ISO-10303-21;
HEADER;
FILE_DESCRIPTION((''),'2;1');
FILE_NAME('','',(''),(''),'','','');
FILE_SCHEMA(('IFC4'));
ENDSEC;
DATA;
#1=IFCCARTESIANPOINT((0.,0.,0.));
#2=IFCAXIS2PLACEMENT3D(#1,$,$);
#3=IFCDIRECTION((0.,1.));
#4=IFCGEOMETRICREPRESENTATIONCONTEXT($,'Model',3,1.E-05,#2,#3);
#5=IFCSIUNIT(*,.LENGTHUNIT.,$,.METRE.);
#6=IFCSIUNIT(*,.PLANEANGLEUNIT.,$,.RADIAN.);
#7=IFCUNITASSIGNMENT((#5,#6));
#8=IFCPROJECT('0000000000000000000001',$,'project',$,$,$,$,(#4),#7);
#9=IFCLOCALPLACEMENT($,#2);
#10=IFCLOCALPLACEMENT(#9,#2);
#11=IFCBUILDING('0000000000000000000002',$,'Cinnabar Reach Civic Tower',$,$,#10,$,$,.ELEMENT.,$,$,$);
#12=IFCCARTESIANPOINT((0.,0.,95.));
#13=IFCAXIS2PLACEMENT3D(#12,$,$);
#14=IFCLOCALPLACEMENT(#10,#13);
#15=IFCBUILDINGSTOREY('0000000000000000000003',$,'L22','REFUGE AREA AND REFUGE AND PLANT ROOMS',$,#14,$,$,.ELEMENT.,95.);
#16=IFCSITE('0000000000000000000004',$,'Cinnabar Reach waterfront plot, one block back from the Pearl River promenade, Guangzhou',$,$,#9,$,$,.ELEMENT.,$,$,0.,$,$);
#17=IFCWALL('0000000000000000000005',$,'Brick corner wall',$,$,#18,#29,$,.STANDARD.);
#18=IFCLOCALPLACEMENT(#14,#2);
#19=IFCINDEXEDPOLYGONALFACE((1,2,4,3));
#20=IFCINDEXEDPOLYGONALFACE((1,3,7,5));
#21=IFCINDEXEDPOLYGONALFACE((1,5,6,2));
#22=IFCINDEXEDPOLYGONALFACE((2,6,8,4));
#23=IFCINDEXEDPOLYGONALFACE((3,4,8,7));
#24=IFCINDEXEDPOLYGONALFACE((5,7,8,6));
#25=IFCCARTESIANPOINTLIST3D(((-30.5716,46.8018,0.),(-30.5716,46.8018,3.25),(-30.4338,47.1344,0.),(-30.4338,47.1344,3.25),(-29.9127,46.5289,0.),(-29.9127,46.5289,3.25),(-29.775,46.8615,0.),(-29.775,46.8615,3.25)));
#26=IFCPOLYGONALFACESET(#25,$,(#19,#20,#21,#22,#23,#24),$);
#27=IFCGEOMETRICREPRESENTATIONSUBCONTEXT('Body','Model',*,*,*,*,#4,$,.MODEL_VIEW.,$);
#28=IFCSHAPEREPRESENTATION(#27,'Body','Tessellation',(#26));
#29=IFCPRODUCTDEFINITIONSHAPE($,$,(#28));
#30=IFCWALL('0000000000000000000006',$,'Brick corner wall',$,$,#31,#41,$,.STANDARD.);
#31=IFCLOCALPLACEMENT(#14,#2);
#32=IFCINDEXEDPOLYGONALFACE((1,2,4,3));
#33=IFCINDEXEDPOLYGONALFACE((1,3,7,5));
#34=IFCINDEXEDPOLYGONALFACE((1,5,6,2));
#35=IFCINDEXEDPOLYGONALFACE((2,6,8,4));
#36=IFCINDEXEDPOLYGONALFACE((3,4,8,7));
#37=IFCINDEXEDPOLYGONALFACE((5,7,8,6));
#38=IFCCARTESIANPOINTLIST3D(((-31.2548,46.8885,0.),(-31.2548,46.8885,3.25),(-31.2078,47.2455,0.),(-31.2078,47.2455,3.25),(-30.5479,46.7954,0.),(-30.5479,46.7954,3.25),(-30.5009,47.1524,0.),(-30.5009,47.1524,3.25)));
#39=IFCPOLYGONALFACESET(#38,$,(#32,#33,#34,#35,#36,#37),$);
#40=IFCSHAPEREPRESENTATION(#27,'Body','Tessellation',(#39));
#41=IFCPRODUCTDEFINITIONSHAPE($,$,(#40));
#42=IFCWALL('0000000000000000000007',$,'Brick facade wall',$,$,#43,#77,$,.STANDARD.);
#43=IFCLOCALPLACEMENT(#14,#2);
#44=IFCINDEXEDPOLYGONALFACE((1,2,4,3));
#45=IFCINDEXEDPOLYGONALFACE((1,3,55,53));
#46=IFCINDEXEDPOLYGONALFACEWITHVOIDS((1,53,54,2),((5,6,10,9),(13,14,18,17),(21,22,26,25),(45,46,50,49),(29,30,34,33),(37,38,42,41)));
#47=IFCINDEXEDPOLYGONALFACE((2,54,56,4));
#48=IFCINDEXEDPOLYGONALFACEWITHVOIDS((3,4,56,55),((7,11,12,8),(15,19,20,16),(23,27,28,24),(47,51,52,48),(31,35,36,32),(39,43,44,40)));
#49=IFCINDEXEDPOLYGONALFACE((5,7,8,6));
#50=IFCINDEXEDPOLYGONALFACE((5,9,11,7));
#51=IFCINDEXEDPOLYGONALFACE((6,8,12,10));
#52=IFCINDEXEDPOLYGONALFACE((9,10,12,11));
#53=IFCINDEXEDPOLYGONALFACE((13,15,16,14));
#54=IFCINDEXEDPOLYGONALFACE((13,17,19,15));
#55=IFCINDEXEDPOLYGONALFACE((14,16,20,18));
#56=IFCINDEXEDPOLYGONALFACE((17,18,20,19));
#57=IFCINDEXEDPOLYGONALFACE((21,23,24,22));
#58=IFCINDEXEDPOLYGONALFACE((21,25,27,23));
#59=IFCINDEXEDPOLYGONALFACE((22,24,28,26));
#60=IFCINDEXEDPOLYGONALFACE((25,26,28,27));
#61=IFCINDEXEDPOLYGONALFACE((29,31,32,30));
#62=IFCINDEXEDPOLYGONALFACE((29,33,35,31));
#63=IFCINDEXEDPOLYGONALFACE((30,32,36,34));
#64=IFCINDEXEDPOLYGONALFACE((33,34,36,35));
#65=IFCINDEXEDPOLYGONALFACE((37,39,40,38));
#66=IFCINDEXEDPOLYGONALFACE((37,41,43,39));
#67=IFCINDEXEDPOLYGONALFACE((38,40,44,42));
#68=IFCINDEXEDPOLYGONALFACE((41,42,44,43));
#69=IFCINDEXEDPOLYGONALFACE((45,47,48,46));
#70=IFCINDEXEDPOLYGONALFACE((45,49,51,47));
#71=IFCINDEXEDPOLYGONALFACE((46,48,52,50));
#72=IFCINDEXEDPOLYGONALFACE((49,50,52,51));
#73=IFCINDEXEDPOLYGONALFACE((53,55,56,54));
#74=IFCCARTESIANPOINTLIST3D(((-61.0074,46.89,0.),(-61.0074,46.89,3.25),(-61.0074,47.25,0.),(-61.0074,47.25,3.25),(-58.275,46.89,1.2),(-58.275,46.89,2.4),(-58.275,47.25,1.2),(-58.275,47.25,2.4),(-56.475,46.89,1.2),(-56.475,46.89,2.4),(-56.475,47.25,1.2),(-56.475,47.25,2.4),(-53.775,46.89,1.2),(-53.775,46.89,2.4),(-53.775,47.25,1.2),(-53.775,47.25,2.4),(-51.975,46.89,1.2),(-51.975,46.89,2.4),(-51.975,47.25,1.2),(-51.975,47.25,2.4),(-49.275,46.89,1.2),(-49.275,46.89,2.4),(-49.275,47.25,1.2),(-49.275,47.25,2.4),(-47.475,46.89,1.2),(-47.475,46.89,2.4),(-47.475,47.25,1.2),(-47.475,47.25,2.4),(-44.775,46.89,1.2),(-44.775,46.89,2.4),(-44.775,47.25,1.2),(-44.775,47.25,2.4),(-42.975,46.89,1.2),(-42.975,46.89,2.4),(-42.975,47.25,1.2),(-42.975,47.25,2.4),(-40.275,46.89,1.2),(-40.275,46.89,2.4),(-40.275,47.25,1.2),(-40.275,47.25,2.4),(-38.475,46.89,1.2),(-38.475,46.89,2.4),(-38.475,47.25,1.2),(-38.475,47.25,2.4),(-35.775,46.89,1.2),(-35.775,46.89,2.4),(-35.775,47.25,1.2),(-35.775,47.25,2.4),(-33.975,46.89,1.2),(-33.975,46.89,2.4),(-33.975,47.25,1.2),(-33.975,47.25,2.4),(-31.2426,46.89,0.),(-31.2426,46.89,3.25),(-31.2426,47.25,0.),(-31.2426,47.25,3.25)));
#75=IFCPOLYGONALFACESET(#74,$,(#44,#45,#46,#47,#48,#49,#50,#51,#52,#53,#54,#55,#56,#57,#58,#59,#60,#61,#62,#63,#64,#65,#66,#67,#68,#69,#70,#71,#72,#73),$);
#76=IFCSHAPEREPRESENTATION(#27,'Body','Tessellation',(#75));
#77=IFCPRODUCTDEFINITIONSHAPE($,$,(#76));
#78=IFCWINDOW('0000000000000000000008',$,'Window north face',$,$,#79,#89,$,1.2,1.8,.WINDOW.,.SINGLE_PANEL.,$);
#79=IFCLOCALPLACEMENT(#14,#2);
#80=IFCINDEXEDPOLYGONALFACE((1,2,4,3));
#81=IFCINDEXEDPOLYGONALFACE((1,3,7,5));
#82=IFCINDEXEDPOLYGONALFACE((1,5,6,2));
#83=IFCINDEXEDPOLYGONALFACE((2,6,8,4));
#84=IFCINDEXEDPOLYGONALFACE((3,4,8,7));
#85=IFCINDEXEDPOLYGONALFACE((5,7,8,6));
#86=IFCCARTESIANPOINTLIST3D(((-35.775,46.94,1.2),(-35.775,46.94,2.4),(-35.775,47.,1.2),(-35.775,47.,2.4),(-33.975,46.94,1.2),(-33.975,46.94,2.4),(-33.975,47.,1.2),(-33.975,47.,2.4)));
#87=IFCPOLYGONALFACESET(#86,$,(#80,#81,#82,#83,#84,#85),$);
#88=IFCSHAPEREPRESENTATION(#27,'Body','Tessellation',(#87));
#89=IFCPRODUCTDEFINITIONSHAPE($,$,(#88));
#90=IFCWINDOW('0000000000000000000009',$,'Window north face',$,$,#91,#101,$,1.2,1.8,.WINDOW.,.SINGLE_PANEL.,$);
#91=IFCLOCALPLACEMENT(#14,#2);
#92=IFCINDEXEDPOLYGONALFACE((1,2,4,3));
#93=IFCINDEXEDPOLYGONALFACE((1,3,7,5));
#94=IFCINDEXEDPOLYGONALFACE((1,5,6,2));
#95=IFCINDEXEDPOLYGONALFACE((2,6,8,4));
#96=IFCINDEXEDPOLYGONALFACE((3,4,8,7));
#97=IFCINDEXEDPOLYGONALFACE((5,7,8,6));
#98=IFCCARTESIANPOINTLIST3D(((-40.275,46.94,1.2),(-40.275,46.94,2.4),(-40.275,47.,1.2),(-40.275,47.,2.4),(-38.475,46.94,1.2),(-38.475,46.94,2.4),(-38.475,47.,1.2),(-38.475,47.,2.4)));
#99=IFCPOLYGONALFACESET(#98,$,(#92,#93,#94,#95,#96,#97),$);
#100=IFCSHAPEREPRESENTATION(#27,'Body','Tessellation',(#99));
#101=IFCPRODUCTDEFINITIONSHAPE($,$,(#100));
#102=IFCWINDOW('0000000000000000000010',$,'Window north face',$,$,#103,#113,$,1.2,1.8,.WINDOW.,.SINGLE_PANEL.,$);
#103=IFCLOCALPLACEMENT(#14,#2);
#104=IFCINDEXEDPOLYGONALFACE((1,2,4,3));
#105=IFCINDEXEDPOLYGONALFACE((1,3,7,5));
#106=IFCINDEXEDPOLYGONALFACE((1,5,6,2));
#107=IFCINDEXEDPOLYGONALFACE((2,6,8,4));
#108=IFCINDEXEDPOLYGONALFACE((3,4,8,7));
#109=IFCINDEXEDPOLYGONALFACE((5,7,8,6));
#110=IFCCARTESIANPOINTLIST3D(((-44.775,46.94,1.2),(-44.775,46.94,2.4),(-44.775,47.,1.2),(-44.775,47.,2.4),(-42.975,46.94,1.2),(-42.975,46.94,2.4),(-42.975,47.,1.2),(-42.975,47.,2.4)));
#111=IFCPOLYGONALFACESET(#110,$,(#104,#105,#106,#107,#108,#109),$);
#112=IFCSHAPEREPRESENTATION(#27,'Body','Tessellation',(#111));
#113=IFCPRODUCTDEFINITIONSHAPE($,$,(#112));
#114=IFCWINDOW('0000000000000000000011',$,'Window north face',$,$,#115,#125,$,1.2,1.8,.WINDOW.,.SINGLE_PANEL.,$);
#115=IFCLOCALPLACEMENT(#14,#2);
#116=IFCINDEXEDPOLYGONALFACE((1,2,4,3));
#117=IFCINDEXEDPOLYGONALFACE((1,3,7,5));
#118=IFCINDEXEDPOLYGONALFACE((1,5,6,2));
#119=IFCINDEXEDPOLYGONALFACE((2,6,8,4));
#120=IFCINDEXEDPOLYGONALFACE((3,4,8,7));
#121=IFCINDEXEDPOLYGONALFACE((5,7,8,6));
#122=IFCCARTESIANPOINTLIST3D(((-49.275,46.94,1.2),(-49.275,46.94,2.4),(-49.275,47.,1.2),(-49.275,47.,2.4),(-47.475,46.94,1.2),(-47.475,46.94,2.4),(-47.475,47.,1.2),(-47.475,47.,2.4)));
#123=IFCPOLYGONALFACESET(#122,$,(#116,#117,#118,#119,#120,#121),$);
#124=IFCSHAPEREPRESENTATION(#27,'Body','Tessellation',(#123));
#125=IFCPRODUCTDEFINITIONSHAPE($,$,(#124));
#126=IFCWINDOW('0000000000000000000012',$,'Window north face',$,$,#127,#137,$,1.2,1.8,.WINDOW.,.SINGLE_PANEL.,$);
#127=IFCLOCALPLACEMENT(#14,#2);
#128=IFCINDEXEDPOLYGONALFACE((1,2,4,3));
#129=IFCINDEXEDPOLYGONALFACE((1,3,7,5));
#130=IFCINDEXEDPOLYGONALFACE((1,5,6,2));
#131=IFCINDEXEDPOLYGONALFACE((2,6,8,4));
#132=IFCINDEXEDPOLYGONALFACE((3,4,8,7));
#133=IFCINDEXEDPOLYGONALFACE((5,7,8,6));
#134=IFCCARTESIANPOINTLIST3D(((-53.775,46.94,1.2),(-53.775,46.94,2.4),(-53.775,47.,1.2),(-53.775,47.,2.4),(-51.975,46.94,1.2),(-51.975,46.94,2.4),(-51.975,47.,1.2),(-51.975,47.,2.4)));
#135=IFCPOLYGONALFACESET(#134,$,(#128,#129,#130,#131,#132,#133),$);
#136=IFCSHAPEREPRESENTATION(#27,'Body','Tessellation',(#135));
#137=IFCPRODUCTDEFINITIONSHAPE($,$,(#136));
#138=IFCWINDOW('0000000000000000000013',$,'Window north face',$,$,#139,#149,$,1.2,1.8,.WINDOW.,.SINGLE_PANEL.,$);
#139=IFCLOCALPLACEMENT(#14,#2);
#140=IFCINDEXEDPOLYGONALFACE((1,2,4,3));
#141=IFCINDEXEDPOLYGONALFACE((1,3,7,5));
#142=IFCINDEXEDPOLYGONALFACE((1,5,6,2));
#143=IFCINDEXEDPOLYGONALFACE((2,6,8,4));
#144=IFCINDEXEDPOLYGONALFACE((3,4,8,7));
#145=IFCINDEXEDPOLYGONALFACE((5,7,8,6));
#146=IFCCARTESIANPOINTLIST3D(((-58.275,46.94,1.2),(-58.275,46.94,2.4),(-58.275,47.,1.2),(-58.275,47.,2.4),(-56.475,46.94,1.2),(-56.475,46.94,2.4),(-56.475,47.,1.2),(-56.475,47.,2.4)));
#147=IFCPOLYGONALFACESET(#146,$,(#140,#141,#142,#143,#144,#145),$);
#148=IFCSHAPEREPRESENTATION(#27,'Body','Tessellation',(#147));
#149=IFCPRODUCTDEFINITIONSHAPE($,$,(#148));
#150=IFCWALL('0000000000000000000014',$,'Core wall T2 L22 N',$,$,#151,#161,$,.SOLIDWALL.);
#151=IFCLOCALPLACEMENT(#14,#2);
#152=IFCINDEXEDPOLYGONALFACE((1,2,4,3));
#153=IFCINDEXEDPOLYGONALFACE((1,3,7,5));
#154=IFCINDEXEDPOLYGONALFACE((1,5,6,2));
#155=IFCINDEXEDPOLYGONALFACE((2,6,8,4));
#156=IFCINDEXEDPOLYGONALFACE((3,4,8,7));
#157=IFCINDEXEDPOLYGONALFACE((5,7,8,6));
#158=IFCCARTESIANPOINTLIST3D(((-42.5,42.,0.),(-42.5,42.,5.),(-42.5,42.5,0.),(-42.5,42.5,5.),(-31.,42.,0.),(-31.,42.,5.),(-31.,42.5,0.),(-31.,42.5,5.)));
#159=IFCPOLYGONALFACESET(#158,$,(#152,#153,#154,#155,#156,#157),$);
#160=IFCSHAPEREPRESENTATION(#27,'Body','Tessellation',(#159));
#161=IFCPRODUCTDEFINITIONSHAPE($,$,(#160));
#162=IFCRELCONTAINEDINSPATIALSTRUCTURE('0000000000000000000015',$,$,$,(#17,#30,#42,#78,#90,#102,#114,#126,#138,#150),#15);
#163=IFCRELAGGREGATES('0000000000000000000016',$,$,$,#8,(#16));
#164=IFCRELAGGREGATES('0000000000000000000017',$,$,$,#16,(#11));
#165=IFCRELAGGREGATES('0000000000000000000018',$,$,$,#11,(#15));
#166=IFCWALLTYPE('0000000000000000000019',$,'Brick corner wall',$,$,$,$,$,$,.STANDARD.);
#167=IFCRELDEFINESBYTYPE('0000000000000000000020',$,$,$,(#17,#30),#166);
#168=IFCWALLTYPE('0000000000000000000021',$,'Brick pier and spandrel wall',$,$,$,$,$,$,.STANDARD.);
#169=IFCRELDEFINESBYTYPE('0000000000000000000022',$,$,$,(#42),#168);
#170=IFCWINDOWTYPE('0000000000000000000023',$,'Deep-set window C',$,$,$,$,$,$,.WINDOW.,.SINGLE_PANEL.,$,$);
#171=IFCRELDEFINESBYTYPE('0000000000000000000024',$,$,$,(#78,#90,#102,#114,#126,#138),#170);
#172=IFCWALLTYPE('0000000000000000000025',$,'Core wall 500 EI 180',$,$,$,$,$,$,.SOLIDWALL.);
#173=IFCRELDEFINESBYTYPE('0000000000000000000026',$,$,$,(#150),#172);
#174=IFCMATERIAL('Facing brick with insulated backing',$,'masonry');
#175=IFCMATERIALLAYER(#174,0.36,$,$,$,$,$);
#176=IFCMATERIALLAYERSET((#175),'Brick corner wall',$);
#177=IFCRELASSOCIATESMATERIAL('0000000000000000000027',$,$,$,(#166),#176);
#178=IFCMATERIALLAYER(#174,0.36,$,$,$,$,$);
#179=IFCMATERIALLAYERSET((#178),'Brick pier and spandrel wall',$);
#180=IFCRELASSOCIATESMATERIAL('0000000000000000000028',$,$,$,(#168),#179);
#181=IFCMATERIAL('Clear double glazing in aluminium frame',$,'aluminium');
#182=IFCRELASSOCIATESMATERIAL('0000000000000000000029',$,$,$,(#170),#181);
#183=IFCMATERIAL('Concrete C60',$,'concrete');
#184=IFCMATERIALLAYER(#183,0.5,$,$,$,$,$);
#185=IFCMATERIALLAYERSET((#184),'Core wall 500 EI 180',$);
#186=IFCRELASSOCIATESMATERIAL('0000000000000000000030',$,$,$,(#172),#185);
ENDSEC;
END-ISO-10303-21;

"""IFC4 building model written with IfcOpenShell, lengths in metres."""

from ifc_helpers import new_model, si_unit, direction, frame, frame_2d, origin, place, context, subcontext, project, spatial, rectangle, extrude, material, layer, layer_set, type_object, element, fill, save


model = new_model("IFC4")

# Units and contexts
model_context = context("Model", 3, precision=1e-05, world=origin(), true_north=direction((0.0, 1.0)))
body_context = subcontext(model_context, "Body", "Model", "MODEL_VIEW")
ifc_project = project(units=[si_unit("LENGTHUNIT", "METRE"), si_unit("PLANEANGLEUNIT", "RADIAN")], contexts=[model_context])

# Site, building, storey
site_placement = place(None, origin())
site = spatial("IfcSite", under=ifc_project, at=site_placement, Name="Cinnabar Reach waterfront plot, one block back from the Pearl River promenade, Guangzhou", CompositionType="ELEMENT", RefElevation=0.0)
building_placement = place(site_placement, origin())
building = spatial("IfcBuilding", under=site, at=building_placement, Name="Cinnabar Reach Civic Tower", CompositionType="ELEMENT")
storey_placement = place(building_placement, frame((0.0, 0.0, 95.0)))
storey = spatial("IfcBuildingStorey", under=building, at=storey_placement, Name="L22", Description="REFUGE AREA AND REFUGE AND PLANT ROOMS", CompositionType="ELEMENT", Elevation=95.0)

# Walls
ifc_material_1 = material(Name="Facing brick with insulated backing", Category="masonry")
ifc_layer_1 = layer(ifc_material_1, 0.36)
ifc_layer_set_1 = layer_set([ifc_layer_1], Name="Brick corner wall")
wall_type_1 = type_object("IfcWallType", Name="Brick corner wall", PredefinedType="STANDARD", material=ifc_layer_set_1)
for number, where, z_axis, x_axis, name in (
    (1, (-29.8439, 46.6952, 0.0), (0.0, 0.0, 1.0), (-0.923872, 0.382703, 0.0), "Brick corner wall"),
    (2, (-30.5244, 46.9739, 0.0), (0.0, 0.0, 1.0), (-0.991441, 0.130556, 0.0), "Brick corner wall"),
):
    element("IfcWall", number, at=place(storey_placement, frame(where, z_axis=z_axis, x_axis=x_axis)), inside=storey, type_object=wall_type_1, Name=name, PredefinedType="STANDARD", context=body_context, shape_type="SweptSolid", body=[
        extrude(rectangle(XDim=0.7131, YDim=0.36, at=frame_2d((0.3565, 0.0))), origin(), (0.0, 0.0, 1.0), 3.25),
    ])

# Wall, openings, windows
ifc_layer_2 = layer(ifc_material_1, 0.36)
ifc_layer_set_2 = layer_set([ifc_layer_2], Name="Brick pier and spandrel wall")
wall_type_2 = type_object("IfcWallType", Name="Brick pier and spandrel wall", PredefinedType="STANDARD", material=ifc_layer_set_2)
wall_1_placement = place(storey_placement, frame((-31.2426, 47.07, 0.0), z_axis=(0.0, 0.0, 1.0), x_axis=(-1.0, 0.0, 0.0)))
wall_1 = element("IfcWall", 3, at=wall_1_placement, inside=storey, type_object=wall_type_2, Name="Brick facade wall", PredefinedType="STANDARD", context=body_context, shape_type="SweptSolid", body=[
    extrude(rectangle(XDim=29.7648, YDim=0.36, at=frame_2d((14.8824, 0.0))), origin(), (0.0, 0.0, 1.0), 3.25),
])
opening_1_placement = place(wall_1_placement, frame((2.7324, 0.0, 1.2)))
opening_1 = element("IfcOpeningElement", 4, at=opening_1_placement, cuts=wall_1, PredefinedType="OPENING", context=body_context, shape_type="SweptSolid", body=[
    extrude(rectangle(XDim=1.8, YDim=1.2, at=frame_2d((0.9, 0.6))), frame((0.0, 0.19, 0.0), z_axis=(0.0, -1.0, 0.0), x_axis=(1.0, 0.0, 0.0)), (0.0, 0.0, 1.0), 0.38),
])
opening_2_placement = place(wall_1_placement, frame((7.2324, 0.0, 1.2)))
opening_2 = element("IfcOpeningElement", 5, at=opening_2_placement, cuts=wall_1, PredefinedType="OPENING", context=body_context, shape_type="SweptSolid", body=[
    extrude(rectangle(XDim=1.8, YDim=1.2, at=frame_2d((0.9, 0.6))), frame((0.0, 0.19, 0.0), z_axis=(0.0, -1.0, 0.0), x_axis=(1.0, 0.0, 0.0)), (0.0, 0.0, 1.0), 0.38),
])
opening_3_placement = place(wall_1_placement, frame((11.7324, 0.0, 1.2)))
opening_3 = element("IfcOpeningElement", 6, at=opening_3_placement, cuts=wall_1, PredefinedType="OPENING", context=body_context, shape_type="SweptSolid", body=[
    extrude(rectangle(XDim=1.8, YDim=1.2, at=frame_2d((0.9, 0.6))), frame((0.0, 0.19, 0.0), z_axis=(0.0, -1.0, 0.0), x_axis=(1.0, 0.0, 0.0)), (0.0, 0.0, 1.0), 0.38),
])
opening_4_placement = place(wall_1_placement, frame((16.2324, 0.0, 1.2)))
opening_4 = element("IfcOpeningElement", 7, at=opening_4_placement, cuts=wall_1, PredefinedType="OPENING", context=body_context, shape_type="SweptSolid", body=[
    extrude(rectangle(XDim=1.8, YDim=1.2, at=frame_2d((0.9, 0.6))), frame((0.0, 0.19, 0.0), z_axis=(0.0, -1.0, 0.0), x_axis=(1.0, 0.0, 0.0)), (0.0, 0.0, 1.0), 0.38),
])
opening_5_placement = place(wall_1_placement, frame((20.7324, 0.0, 1.2)))
opening_5 = element("IfcOpeningElement", 8, at=opening_5_placement, cuts=wall_1, PredefinedType="OPENING", context=body_context, shape_type="SweptSolid", body=[
    extrude(rectangle(XDim=1.8, YDim=1.2, at=frame_2d((0.9, 0.6))), frame((0.0, 0.19, 0.0), z_axis=(0.0, -1.0, 0.0), x_axis=(1.0, 0.0, 0.0)), (0.0, 0.0, 1.0), 0.38),
])
opening_6_placement = place(wall_1_placement, frame((25.2324, 0.0, 1.2)))
opening_6 = element("IfcOpeningElement", 9, at=opening_6_placement, cuts=wall_1, PredefinedType="OPENING", context=body_context, shape_type="SweptSolid", body=[
    extrude(rectangle(XDim=1.8, YDim=1.2, at=frame_2d((0.9, 0.6))), frame((0.0, 0.19, 0.0), z_axis=(0.0, -1.0, 0.0), x_axis=(1.0, 0.0, 0.0)), (0.0, 0.0, 1.0), 0.38),
])
ifc_material_2 = material(Name="Clear double glazing in aluminium frame", Category="aluminium")
window_type = type_object("IfcWindowType", Name="Deep-set window C", PartitioningType="SINGLE_PANEL", PredefinedType="WINDOW", material=ifc_material_2)
window_1_placement = place(opening_1_placement, origin())
window_1 = element("IfcWindow", 10, at=window_1_placement, inside=storey, type_object=window_type, Name="Window north face", OverallHeight=1.2, OverallWidth=1.8, PartitioningType="SINGLE_PANEL", PredefinedType="WINDOW", context=body_context, shape_type="SweptSolid", body=[
    extrude(rectangle(XDim=1.8, YDim=1.2, at=frame_2d((0.9, 0.6))), frame((0.0, 0.13, 0.0), z_axis=(0.0, -1.0, 0.0), x_axis=(1.0, 0.0, 0.0)), (0.0, 0.0, 1.0), 0.06),
])
fill(opening_1, window_1)
window_2_placement = place(opening_2_placement, origin())
window_2 = element("IfcWindow", 11, at=window_2_placement, inside=storey, type_object=window_type, Name="Window north face", OverallHeight=1.2, OverallWidth=1.8, PartitioningType="SINGLE_PANEL", PredefinedType="WINDOW", context=body_context, shape_type="SweptSolid", body=[
    extrude(rectangle(XDim=1.8, YDim=1.2, at=frame_2d((0.9, 0.6))), frame((0.0, 0.13, 0.0), z_axis=(0.0, -1.0, 0.0), x_axis=(1.0, 0.0, 0.0)), (0.0, 0.0, 1.0), 0.06),
])
fill(opening_2, window_2)
window_3_placement = place(opening_3_placement, origin())
window_3 = element("IfcWindow", 12, at=window_3_placement, inside=storey, type_object=window_type, Name="Window north face", OverallHeight=1.2, OverallWidth=1.8, PartitioningType="SINGLE_PANEL", PredefinedType="WINDOW", context=body_context, shape_type="SweptSolid", body=[
    extrude(rectangle(XDim=1.8, YDim=1.2, at=frame_2d((0.9, 0.6))), frame((0.0, 0.13, 0.0), z_axis=(0.0, -1.0, 0.0), x_axis=(1.0, 0.0, 0.0)), (0.0, 0.0, 1.0), 0.06),
])
fill(opening_3, window_3)
window_4_placement = place(opening_4_placement, origin())
window_4 = element("IfcWindow", 13, at=window_4_placement, inside=storey, type_object=window_type, Name="Window north face", OverallHeight=1.2, OverallWidth=1.8, PartitioningType="SINGLE_PANEL", PredefinedType="WINDOW", context=body_context, shape_type="SweptSolid", body=[
    extrude(rectangle(XDim=1.8, YDim=1.2, at=frame_2d((0.9, 0.6))), frame((0.0, 0.13, 0.0), z_axis=(0.0, -1.0, 0.0), x_axis=(1.0, 0.0, 0.0)), (0.0, 0.0, 1.0), 0.06),
])
fill(opening_4, window_4)
window_5_placement = place(opening_5_placement, origin())
window_5 = element("IfcWindow", 14, at=window_5_placement, inside=storey, type_object=window_type, Name="Window north face", OverallHeight=1.2, OverallWidth=1.8, PartitioningType="SINGLE_PANEL", PredefinedType="WINDOW", context=body_context, shape_type="SweptSolid", body=[
    extrude(rectangle(XDim=1.8, YDim=1.2, at=frame_2d((0.9, 0.6))), frame((0.0, 0.13, 0.0), z_axis=(0.0, -1.0, 0.0), x_axis=(1.0, 0.0, 0.0)), (0.0, 0.0, 1.0), 0.06),
])
fill(opening_5, window_5)
window_6_placement = place(opening_6_placement, origin())
window_6 = element("IfcWindow", 15, at=window_6_placement, inside=storey, type_object=window_type, Name="Window north face", OverallHeight=1.2, OverallWidth=1.8, PartitioningType="SINGLE_PANEL", PredefinedType="WINDOW", context=body_context, shape_type="SweptSolid", body=[
    extrude(rectangle(XDim=1.8, YDim=1.2, at=frame_2d((0.9, 0.6))), frame((0.0, 0.13, 0.0), z_axis=(0.0, -1.0, 0.0), x_axis=(1.0, 0.0, 0.0)), (0.0, 0.0, 1.0), 0.06),
])
fill(opening_6, window_6)

# Wall
ifc_material_3 = material(Name="Concrete C60", Category="concrete")
ifc_layer_3 = layer(ifc_material_3, 0.5)
ifc_layer_set_3 = layer_set([ifc_layer_3], Name="Core wall 500 EI 180")
wall_type_3 = type_object("IfcWallType", Name="Core wall 500 EI 180", PredefinedType="SOLIDWALL", material=ifc_layer_set_3)
wall_2_placement = place(storey_placement, frame((-31.0, 42.25, 0.0), z_axis=(0.0, 0.0, 1.0), x_axis=(-1.0, 0.0, 0.0)))
element("IfcWall", 16, at=wall_2_placement, inside=storey, type_object=wall_type_3, Name="Core wall T2 L22 N", PredefinedType="SOLIDWALL", context=body_context, shape_type="SweptSolid", body=[
    extrude(rectangle(XDim=11.5, YDim=0.5, at=frame_2d((5.75, 0.0))), origin(), (0.0, 0.0, 1.0), 5.0),
])

save(model, "model.ifc")
